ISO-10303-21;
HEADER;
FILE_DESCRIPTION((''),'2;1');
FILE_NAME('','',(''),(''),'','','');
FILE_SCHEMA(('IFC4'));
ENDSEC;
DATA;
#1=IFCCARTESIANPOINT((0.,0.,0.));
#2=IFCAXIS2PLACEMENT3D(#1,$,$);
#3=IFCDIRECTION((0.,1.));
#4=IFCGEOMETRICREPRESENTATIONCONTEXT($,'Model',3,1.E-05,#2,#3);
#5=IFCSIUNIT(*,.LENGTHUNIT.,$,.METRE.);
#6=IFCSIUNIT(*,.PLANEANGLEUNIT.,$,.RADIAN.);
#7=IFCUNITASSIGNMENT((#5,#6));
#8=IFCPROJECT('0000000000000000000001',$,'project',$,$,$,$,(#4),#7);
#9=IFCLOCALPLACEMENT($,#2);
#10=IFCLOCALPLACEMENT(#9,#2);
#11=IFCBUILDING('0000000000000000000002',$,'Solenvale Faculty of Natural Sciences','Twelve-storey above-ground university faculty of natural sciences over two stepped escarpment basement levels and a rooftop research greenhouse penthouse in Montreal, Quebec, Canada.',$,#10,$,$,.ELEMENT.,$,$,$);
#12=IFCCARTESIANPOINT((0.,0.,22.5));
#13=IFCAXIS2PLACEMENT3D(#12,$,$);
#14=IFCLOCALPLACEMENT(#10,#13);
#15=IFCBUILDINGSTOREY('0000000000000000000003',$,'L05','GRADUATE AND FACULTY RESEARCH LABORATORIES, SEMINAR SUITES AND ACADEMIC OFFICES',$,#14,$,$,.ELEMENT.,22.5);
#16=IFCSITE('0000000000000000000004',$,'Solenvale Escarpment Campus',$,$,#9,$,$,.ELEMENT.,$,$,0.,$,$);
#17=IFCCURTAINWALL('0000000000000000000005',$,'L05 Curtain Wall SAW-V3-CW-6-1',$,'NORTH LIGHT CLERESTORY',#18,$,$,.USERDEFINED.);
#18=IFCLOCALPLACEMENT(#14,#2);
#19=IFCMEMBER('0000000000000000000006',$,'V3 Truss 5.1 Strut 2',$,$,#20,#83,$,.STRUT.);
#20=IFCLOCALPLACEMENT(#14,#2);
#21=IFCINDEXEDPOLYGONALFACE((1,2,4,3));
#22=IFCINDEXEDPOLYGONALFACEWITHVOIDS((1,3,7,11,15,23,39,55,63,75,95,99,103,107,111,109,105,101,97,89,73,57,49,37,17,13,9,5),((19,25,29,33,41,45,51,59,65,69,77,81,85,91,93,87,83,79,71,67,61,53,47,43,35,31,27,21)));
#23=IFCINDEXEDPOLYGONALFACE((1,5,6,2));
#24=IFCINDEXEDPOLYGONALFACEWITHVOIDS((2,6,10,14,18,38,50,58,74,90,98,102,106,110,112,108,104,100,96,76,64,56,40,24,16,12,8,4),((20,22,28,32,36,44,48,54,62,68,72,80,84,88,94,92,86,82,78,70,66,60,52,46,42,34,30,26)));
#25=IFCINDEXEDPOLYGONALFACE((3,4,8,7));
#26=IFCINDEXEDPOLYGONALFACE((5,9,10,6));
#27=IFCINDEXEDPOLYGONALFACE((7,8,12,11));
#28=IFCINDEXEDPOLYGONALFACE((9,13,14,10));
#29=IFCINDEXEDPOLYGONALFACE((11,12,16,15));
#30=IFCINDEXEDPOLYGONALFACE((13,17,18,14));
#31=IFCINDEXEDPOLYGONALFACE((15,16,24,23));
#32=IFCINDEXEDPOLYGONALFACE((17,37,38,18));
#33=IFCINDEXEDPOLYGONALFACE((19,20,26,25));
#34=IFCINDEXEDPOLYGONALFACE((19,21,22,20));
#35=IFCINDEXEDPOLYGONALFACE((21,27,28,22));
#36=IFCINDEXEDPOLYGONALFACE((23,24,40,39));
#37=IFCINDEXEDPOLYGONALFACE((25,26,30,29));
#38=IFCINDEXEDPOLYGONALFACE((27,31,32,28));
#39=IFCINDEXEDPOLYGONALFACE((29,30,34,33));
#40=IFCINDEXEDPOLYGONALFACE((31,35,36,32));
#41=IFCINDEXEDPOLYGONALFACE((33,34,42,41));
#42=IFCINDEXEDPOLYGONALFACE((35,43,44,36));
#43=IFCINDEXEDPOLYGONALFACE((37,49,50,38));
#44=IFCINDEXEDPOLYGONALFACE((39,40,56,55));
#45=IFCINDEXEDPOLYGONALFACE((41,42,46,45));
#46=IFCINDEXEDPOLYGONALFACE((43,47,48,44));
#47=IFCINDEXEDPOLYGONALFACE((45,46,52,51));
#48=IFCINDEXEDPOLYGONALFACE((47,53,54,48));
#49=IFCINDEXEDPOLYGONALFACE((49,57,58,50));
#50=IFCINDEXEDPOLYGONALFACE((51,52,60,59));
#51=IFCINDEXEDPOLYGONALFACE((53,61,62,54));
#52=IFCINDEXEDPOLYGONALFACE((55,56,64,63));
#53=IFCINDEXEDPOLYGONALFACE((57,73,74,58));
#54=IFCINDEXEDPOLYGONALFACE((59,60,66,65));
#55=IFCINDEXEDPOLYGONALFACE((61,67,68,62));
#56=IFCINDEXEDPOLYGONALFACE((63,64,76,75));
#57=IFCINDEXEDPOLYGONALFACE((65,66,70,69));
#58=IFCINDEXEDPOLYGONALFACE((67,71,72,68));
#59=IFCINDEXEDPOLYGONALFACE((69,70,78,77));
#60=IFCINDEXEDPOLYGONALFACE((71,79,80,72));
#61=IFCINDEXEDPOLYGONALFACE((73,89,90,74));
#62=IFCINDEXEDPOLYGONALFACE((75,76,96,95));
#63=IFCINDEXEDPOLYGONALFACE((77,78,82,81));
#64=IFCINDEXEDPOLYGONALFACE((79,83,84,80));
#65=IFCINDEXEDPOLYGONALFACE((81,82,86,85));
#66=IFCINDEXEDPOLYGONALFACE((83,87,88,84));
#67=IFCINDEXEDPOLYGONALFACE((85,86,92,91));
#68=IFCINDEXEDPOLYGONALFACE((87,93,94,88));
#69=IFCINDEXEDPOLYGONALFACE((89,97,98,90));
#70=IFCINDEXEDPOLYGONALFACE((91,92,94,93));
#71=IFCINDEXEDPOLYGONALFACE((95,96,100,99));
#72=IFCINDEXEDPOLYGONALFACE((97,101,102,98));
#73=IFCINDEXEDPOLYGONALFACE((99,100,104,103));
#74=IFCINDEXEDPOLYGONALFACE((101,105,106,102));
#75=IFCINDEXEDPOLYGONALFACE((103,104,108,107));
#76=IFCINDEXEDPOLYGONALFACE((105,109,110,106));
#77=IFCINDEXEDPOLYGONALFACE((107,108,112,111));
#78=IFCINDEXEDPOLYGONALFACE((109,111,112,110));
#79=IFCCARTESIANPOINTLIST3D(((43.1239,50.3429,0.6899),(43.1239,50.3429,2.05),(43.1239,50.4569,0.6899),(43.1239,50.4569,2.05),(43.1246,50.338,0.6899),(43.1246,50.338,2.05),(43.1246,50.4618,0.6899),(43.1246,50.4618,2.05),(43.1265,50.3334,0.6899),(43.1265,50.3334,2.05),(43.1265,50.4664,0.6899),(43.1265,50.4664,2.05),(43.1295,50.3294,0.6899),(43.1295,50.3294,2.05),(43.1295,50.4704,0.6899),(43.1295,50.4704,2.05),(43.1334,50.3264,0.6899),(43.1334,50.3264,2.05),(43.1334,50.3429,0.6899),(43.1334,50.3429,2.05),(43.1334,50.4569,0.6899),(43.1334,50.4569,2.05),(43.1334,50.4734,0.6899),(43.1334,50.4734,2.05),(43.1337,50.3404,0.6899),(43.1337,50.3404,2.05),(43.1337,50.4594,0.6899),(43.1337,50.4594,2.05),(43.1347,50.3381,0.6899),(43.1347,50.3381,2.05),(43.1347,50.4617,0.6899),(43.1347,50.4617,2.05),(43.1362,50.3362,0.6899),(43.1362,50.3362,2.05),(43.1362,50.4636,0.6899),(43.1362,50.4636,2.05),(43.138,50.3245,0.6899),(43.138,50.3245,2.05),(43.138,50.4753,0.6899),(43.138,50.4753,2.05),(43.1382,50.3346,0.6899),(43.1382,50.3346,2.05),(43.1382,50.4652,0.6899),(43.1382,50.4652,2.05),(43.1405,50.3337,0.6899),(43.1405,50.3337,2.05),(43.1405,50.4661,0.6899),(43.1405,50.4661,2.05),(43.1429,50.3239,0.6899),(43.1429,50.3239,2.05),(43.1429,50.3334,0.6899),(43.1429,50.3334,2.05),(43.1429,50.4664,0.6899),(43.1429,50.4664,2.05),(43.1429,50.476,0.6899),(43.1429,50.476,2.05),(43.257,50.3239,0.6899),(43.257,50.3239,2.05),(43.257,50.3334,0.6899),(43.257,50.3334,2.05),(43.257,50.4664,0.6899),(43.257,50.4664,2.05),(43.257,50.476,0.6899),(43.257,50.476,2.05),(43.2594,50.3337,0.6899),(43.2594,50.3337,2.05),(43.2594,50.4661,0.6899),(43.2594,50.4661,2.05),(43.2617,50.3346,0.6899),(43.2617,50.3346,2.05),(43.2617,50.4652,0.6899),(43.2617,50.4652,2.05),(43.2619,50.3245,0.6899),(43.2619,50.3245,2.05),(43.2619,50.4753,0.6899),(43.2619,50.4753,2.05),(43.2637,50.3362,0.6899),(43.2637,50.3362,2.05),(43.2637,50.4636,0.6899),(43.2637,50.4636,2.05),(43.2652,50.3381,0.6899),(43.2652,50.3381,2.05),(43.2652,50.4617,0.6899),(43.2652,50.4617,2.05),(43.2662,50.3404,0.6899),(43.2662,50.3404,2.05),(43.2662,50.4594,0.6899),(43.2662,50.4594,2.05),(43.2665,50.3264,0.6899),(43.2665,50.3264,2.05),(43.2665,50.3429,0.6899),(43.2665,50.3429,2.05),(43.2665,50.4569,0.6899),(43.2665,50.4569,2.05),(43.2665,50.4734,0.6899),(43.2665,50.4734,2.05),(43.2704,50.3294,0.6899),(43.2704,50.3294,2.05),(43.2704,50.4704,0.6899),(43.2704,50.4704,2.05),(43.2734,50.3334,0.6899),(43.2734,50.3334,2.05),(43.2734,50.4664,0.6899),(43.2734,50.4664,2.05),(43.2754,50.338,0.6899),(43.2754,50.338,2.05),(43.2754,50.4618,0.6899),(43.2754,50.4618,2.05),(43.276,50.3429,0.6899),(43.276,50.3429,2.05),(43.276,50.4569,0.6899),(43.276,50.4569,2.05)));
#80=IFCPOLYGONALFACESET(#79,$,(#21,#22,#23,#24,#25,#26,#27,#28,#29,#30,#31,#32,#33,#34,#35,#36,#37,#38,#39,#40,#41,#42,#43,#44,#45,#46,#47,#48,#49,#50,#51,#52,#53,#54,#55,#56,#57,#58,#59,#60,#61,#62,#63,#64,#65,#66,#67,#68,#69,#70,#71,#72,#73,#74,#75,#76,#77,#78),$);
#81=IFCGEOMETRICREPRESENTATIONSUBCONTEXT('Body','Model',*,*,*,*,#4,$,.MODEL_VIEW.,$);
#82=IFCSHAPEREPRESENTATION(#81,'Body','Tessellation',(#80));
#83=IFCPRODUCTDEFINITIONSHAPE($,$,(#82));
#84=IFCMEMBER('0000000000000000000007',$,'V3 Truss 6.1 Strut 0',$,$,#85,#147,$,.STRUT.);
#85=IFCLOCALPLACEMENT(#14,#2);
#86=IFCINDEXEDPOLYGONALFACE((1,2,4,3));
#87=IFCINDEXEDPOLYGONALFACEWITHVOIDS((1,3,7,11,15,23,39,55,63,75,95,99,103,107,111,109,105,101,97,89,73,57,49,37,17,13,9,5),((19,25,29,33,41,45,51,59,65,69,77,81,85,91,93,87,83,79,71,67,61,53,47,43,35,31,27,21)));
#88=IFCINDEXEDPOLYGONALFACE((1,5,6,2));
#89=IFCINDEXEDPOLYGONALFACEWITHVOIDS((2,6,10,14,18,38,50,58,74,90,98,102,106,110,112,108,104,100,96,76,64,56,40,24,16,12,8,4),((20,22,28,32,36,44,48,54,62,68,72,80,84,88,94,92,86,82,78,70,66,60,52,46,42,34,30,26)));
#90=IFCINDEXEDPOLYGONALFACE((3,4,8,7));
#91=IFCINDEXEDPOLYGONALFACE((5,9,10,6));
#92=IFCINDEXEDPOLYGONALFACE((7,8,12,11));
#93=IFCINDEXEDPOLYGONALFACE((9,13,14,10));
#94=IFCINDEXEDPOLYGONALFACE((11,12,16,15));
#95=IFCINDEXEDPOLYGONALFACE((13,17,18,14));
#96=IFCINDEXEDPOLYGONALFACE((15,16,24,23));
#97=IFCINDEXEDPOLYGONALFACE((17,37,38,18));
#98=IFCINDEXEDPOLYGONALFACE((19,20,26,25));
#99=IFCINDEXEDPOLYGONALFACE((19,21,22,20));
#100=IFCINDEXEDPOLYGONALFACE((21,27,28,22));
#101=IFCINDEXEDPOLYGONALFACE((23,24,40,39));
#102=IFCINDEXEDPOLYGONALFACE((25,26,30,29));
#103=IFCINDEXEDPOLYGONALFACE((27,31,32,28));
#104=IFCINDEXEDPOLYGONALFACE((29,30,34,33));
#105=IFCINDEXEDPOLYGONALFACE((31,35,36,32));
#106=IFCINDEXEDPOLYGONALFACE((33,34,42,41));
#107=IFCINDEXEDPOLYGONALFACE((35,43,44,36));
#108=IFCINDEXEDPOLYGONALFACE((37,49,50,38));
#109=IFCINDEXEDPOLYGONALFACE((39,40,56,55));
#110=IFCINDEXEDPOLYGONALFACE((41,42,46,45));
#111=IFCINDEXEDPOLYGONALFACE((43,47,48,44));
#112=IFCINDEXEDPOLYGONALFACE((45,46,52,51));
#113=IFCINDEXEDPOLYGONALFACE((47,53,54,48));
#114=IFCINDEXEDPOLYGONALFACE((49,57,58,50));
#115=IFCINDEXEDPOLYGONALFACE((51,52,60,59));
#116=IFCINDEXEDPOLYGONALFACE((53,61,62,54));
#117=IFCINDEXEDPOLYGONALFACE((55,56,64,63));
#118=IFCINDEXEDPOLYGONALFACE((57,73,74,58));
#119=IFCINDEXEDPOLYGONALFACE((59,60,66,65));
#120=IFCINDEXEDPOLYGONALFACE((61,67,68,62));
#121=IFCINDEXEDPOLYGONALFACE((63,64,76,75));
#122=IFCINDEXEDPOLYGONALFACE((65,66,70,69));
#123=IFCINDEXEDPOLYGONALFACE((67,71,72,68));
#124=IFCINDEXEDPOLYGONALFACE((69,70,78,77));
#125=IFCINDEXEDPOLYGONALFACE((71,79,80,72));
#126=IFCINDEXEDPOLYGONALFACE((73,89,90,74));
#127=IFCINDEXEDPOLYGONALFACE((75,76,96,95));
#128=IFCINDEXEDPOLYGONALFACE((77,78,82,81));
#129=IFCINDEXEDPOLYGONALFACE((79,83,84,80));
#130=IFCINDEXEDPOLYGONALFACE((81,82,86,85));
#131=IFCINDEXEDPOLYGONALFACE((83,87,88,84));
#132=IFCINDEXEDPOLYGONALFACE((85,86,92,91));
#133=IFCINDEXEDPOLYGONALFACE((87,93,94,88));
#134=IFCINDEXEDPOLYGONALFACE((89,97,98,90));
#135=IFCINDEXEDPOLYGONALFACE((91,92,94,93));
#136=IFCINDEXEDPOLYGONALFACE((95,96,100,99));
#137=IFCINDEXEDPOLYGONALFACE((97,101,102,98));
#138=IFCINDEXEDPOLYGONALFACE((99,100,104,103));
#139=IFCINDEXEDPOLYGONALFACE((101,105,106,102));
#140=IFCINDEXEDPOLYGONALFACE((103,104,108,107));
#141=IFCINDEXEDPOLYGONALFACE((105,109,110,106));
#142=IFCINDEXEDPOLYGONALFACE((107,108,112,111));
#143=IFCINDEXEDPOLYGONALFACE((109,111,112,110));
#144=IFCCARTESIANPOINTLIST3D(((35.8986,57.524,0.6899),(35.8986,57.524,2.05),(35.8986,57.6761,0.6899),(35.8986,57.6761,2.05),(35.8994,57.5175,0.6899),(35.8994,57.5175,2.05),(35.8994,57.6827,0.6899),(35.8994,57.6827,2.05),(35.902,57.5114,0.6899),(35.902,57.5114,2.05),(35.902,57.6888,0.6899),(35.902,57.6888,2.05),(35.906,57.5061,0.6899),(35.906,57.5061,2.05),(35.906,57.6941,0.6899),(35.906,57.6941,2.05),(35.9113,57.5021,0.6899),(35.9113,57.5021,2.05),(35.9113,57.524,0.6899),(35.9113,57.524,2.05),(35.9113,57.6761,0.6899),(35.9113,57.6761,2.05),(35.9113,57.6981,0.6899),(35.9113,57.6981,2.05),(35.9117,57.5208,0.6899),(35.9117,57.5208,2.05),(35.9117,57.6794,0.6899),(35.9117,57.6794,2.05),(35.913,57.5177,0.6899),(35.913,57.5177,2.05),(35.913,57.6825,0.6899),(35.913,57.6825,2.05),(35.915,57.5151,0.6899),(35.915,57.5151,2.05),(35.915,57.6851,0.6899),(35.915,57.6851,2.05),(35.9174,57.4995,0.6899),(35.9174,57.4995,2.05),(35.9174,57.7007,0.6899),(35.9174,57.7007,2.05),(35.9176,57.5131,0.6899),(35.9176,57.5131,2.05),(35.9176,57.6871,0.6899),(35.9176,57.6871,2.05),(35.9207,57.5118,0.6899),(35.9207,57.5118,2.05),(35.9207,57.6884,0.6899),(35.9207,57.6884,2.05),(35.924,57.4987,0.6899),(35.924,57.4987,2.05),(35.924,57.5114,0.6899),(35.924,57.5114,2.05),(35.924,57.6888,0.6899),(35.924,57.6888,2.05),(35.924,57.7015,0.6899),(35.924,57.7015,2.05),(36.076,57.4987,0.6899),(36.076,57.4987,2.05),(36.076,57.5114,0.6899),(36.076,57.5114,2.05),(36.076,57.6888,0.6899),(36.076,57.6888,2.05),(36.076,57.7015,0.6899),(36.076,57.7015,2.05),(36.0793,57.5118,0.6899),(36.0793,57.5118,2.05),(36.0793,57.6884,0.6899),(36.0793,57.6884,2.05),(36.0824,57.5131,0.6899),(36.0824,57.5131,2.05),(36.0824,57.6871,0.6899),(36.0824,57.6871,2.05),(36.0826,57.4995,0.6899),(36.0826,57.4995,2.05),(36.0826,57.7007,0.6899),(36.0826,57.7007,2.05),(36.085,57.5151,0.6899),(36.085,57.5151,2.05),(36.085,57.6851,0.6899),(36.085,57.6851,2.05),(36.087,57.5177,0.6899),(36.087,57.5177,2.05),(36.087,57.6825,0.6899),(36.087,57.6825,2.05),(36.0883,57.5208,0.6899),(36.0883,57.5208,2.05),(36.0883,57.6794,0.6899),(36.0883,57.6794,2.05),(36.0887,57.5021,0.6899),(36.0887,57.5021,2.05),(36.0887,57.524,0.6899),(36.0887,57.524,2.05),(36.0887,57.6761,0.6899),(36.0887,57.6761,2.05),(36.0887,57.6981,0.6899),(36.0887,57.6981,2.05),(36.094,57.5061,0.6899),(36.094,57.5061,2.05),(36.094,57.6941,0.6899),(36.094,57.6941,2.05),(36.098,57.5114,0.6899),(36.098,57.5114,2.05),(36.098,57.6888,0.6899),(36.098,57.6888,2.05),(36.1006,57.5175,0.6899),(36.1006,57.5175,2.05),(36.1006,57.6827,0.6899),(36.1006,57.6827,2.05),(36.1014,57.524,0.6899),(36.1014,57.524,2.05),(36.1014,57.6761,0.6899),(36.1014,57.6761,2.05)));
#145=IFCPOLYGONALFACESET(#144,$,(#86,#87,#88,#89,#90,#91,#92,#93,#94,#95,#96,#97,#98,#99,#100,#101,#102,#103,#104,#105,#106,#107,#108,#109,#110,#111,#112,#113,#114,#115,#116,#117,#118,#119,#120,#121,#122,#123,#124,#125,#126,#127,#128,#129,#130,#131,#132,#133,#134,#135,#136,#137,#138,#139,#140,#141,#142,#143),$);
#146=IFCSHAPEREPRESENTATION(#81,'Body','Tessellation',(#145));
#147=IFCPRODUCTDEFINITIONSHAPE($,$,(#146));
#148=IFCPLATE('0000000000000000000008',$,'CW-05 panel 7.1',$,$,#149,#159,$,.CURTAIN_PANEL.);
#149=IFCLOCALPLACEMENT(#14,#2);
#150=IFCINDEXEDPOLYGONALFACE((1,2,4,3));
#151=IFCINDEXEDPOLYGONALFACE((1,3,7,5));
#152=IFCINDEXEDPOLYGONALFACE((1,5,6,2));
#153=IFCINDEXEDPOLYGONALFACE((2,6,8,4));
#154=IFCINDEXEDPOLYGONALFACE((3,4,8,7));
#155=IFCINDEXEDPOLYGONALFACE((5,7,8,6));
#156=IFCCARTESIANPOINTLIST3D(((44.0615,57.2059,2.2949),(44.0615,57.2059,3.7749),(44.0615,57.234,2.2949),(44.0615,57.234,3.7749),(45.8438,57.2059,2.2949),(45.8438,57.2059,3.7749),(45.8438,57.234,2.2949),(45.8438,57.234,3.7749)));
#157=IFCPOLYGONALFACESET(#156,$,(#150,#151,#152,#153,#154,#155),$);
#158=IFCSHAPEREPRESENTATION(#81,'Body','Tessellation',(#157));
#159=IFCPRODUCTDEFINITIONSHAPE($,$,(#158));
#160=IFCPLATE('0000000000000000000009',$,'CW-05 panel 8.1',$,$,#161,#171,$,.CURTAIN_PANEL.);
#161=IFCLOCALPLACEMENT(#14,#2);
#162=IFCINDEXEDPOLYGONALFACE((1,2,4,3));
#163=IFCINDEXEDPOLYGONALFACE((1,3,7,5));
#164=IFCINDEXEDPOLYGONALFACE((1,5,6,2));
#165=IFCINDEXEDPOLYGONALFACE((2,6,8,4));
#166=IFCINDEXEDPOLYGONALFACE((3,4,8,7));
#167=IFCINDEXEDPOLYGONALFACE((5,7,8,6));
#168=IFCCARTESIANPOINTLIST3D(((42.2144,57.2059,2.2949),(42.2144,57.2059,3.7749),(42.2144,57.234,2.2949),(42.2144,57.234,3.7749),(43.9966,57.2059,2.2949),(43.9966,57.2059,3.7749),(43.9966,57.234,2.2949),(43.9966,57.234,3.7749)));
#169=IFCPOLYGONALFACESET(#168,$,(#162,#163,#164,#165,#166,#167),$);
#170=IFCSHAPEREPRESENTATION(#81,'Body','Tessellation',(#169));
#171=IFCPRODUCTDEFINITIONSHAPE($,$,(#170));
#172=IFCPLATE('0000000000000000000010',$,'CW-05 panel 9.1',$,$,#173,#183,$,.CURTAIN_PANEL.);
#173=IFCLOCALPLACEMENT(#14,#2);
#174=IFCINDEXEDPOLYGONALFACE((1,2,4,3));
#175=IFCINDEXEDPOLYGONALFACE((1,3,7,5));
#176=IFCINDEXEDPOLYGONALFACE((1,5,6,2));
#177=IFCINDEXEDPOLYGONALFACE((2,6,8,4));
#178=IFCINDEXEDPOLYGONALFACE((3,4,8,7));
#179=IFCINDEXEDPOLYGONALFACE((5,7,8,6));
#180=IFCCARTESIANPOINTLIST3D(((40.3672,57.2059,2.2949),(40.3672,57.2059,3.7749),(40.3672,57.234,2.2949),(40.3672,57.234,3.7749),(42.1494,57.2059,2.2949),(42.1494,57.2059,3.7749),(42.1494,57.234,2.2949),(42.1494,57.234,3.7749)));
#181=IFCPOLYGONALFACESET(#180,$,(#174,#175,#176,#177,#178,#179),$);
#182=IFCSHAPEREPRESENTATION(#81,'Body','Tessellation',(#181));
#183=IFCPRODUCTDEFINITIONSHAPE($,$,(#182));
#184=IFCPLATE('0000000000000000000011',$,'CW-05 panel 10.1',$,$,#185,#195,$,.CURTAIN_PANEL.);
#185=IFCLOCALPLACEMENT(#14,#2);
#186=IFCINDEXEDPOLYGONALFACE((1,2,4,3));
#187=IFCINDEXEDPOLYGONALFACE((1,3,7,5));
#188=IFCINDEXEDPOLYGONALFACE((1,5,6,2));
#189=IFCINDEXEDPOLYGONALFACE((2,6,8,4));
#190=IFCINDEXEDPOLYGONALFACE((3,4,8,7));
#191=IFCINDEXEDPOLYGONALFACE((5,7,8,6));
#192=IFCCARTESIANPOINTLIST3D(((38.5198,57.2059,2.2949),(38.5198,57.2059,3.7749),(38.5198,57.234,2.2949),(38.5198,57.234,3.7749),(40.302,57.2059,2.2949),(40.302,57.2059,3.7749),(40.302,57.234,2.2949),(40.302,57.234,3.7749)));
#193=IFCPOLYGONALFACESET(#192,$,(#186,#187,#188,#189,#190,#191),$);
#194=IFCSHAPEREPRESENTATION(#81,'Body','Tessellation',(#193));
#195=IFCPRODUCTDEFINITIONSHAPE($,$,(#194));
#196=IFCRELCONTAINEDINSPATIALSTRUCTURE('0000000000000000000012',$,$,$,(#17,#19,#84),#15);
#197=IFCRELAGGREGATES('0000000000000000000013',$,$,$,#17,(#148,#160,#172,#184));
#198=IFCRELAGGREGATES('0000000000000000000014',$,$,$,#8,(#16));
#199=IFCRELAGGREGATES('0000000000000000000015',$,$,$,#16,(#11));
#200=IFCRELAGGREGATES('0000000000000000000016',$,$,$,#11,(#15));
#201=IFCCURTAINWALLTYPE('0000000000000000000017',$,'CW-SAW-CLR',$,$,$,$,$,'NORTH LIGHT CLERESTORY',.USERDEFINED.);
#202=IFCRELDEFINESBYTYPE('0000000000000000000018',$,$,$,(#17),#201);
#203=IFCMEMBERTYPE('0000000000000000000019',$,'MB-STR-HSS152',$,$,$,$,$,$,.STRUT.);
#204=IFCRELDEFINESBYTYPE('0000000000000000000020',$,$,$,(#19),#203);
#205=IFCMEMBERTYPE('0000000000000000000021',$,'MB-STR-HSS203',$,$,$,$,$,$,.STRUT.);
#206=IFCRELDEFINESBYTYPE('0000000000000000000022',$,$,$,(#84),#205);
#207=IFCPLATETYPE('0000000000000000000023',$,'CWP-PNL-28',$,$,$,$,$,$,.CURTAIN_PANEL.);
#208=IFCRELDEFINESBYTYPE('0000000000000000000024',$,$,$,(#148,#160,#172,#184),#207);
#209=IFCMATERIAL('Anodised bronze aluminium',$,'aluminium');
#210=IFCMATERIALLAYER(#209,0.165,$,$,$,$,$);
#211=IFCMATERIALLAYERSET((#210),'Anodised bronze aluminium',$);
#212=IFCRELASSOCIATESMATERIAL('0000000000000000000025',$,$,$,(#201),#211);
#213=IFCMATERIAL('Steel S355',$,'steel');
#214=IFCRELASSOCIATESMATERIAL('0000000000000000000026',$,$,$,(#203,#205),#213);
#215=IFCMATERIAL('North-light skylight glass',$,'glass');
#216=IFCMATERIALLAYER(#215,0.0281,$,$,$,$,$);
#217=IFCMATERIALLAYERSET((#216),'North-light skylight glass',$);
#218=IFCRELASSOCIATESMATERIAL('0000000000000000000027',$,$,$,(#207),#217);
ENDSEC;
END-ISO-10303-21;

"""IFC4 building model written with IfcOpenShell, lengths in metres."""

from ifc_helpers import new_model, si_unit, direction, frame, origin, origin_2d, place, context, subcontext, project, spatial, rectangle, hollow_rectangle, extrude, material, layer, layer_set, material_profile, profile_set, type_object, element, aggregate, save


model = new_model("IFC4")

# Units and contexts
model_context = context("Model", 3, precision=1e-05, world=origin(), true_north=direction((0.0, 1.0)))
body_context = subcontext(model_context, "Body", "Model", "MODEL_VIEW")
ifc_project = project(units=[si_unit("LENGTHUNIT", "METRE"), si_unit("PLANEANGLEUNIT", "RADIAN")], contexts=[model_context])

# Site, building, storey
site_placement = place(None, origin())
site = spatial("IfcSite", under=ifc_project, at=site_placement, Name="Solenvale Escarpment Campus", CompositionType="ELEMENT", RefElevation=0.0)
building_placement = place(site_placement, origin())
building = spatial("IfcBuilding", under=site, at=building_placement, Name="Solenvale Faculty of Natural Sciences", Description="Twelve-storey above-ground university faculty of natural sciences over two stepped escarpment basement levels and a rooftop research greenhouse penthouse in Montreal, Quebec, Canada.", CompositionType="ELEMENT")
storey_placement = place(building_placement, frame((0.0, 0.0, 22.5)))
storey = spatial("IfcBuildingStorey", under=building, at=storey_placement, Name="L05", Description="GRADUATE AND FACULTY RESEARCH LABORATORIES, SEMINAR SUITES AND ACADEMIC OFFICES", CompositionType="ELEMENT", Elevation=22.5)

# Shared definitions
ifc_material_1 = material(Name="Steel S355", Category="steel")

# Curtain wall
ifc_material_2 = material(Name="Anodised bronze aluminium", Category="aluminium")
ifc_layer_1 = layer(ifc_material_2, 0.165)
ifc_layer_set_1 = layer_set([ifc_layer_1], Name="Anodised bronze aluminium")
curtain_wall_type = type_object("IfcCurtainWallType", Name="CW-SAW-CLR", ElementType="NORTH LIGHT CLERESTORY", PredefinedType="USERDEFINED", material=ifc_layer_set_1)
curtain_wall_placement = place(storey_placement, origin())
curtain_wall = element("IfcCurtainWall", 1, at=curtain_wall_placement, inside=storey, type_object=curtain_wall_type, Name="L05 Curtain Wall SAW-V3-CW-6-1", ObjectType="NORTH LIGHT CLERESTORY", PredefinedType="USERDEFINED")

# Members
ifc_material_profile_1 = material_profile(ifc_material_1, hollow_rectangle(XDim=0.1521, YDim=0.1521, WallThickness=0.0095, InnerFilletRadius=0.0095, OuterFilletRadius=0.019, at=origin_2d()), Name="HSS152x152x9.5")
ifc_profile_set_1 = profile_set([ifc_material_profile_1], Name="Steel S355")
member_type_1 = type_object("IfcMemberType", Name="MB-STR-HSS152", PredefinedType="STRUT", material=ifc_profile_set_1)
member_1_placement = place(storey_placement, frame((43.2, 50.3999, 0.6899), z_axis=(0.0, 0.0, 1.0), x_axis=(1.0, 0.0, 0.0)))
element("IfcMember", 2, at=member_1_placement, inside=storey, type_object=member_type_1, Name="V3 Truss 5.1 Strut 2", PredefinedType="STRUT", context=body_context, shape_type="SweptSolid", body=[
    extrude(hollow_rectangle(XDim=0.1521, YDim=0.1521, WallThickness=0.0095, InnerFilletRadius=0.0095, OuterFilletRadius=0.019, at=origin_2d()), origin(), (0.0, 0.0, 1.0), 1.3601),
])
ifc_material_profile_2 = material_profile(ifc_material_1, hollow_rectangle(XDim=0.2029, YDim=0.2029, WallThickness=0.0127, InnerFilletRadius=0.0127, OuterFilletRadius=0.0254, at=origin_2d()), Name="HSS203x203x13")
ifc_profile_set_2 = profile_set([ifc_material_profile_2], Name="Steel S355")
member_type_2 = type_object("IfcMemberType", Name="MB-STR-HSS203", PredefinedType="STRUT", material=ifc_profile_set_2)
member_2_placement = place(storey_placement, frame((36.0, 57.6001, 0.6899), z_axis=(0.0, 0.0, 1.0), x_axis=(1.0, 0.0, 0.0)))
element("IfcMember", 3, at=member_2_placement, inside=storey, type_object=member_type_2, Name="V3 Truss 6.1 Strut 0", PredefinedType="STRUT", context=body_context, shape_type="SweptSolid", body=[
    extrude(hollow_rectangle(XDim=0.2029, YDim=0.2029, WallThickness=0.0127, InnerFilletRadius=0.0127, OuterFilletRadius=0.0254, at=origin_2d()), origin(), (0.0, 0.0, 1.0), 1.3601),
])

# Plates
ifc_material_3 = material(Name="North-light skylight glass", Category="glass")
ifc_layer_2 = layer(ifc_material_3, 0.0281)
ifc_layer_set_2 = layer_set([ifc_layer_2], Name="North-light skylight glass")
plate_type_1 = type_object("IfcPlateType", Name="CWP-PNL-28", PredefinedType="CURTAIN_PANEL", material=ifc_layer_set_2)
plate_1_placement = place(storey_placement, frame((44.9526, 57.22, 2.2949), z_axis=(0.0, 0.0, 1.0), x_axis=(-1.0, 0.0, 0.0)))
plate_1 = element("IfcPlate", 4, at=plate_1_placement, type_object=plate_type_1, Name="CW-05 panel 7.1", PredefinedType="CURTAIN_PANEL", context=body_context, shape_type="SweptSolid", body=[
    extrude(rectangle(XDim=1.7822, YDim=0.0281, at=origin_2d()), origin(), (0.0, 0.0, 1.0), 1.48),
])
plate_2_placement = place(storey_placement, frame((43.1055, 57.22, 2.2949), z_axis=(0.0, 0.0, 1.0), x_axis=(-1.0, 0.0, 0.0)))
plate_2 = element("IfcPlate", 5, at=plate_2_placement, type_object=plate_type_1, Name="CW-05 panel 8.1", PredefinedType="CURTAIN_PANEL", context=body_context, shape_type="SweptSolid", body=[
    extrude(rectangle(XDim=1.7822, YDim=0.0281, at=origin_2d()), origin(), (0.0, 0.0, 1.0), 1.48),
])
plate_3_placement = place(storey_placement, frame((41.2583, 57.22, 2.2949), z_axis=(0.0, 0.0, 1.0), x_axis=(-1.0, 0.0, 0.0)))
plate_3 = element("IfcPlate", 6, at=plate_3_placement, type_object=plate_type_1, Name="CW-05 panel 9.1", PredefinedType="CURTAIN_PANEL", context=body_context, shape_type="SweptSolid", body=[
    extrude(rectangle(XDim=1.7822, YDim=0.0281, at=origin_2d()), origin(), (0.0, 0.0, 1.0), 1.48),
])
plate_4_placement = place(storey_placement, frame((39.4109, 57.22, 2.2949), z_axis=(0.0, 0.0, 1.0), x_axis=(-1.0, 0.0, 0.0)))
plate_4 = element("IfcPlate", 7, at=plate_4_placement, type_object=plate_type_1, Name="CW-05 panel 10.1", PredefinedType="CURTAIN_PANEL", context=body_context, shape_type="SweptSolid", body=[
    extrude(rectangle(XDim=1.7822, YDim=0.0281, at=origin_2d()), origin(), (0.0, 0.0, 1.0), 1.48),
])
aggregate(curtain_wall, [plate_1, plate_2, plate_3, plate_4])

save(model, "model.ifc")
